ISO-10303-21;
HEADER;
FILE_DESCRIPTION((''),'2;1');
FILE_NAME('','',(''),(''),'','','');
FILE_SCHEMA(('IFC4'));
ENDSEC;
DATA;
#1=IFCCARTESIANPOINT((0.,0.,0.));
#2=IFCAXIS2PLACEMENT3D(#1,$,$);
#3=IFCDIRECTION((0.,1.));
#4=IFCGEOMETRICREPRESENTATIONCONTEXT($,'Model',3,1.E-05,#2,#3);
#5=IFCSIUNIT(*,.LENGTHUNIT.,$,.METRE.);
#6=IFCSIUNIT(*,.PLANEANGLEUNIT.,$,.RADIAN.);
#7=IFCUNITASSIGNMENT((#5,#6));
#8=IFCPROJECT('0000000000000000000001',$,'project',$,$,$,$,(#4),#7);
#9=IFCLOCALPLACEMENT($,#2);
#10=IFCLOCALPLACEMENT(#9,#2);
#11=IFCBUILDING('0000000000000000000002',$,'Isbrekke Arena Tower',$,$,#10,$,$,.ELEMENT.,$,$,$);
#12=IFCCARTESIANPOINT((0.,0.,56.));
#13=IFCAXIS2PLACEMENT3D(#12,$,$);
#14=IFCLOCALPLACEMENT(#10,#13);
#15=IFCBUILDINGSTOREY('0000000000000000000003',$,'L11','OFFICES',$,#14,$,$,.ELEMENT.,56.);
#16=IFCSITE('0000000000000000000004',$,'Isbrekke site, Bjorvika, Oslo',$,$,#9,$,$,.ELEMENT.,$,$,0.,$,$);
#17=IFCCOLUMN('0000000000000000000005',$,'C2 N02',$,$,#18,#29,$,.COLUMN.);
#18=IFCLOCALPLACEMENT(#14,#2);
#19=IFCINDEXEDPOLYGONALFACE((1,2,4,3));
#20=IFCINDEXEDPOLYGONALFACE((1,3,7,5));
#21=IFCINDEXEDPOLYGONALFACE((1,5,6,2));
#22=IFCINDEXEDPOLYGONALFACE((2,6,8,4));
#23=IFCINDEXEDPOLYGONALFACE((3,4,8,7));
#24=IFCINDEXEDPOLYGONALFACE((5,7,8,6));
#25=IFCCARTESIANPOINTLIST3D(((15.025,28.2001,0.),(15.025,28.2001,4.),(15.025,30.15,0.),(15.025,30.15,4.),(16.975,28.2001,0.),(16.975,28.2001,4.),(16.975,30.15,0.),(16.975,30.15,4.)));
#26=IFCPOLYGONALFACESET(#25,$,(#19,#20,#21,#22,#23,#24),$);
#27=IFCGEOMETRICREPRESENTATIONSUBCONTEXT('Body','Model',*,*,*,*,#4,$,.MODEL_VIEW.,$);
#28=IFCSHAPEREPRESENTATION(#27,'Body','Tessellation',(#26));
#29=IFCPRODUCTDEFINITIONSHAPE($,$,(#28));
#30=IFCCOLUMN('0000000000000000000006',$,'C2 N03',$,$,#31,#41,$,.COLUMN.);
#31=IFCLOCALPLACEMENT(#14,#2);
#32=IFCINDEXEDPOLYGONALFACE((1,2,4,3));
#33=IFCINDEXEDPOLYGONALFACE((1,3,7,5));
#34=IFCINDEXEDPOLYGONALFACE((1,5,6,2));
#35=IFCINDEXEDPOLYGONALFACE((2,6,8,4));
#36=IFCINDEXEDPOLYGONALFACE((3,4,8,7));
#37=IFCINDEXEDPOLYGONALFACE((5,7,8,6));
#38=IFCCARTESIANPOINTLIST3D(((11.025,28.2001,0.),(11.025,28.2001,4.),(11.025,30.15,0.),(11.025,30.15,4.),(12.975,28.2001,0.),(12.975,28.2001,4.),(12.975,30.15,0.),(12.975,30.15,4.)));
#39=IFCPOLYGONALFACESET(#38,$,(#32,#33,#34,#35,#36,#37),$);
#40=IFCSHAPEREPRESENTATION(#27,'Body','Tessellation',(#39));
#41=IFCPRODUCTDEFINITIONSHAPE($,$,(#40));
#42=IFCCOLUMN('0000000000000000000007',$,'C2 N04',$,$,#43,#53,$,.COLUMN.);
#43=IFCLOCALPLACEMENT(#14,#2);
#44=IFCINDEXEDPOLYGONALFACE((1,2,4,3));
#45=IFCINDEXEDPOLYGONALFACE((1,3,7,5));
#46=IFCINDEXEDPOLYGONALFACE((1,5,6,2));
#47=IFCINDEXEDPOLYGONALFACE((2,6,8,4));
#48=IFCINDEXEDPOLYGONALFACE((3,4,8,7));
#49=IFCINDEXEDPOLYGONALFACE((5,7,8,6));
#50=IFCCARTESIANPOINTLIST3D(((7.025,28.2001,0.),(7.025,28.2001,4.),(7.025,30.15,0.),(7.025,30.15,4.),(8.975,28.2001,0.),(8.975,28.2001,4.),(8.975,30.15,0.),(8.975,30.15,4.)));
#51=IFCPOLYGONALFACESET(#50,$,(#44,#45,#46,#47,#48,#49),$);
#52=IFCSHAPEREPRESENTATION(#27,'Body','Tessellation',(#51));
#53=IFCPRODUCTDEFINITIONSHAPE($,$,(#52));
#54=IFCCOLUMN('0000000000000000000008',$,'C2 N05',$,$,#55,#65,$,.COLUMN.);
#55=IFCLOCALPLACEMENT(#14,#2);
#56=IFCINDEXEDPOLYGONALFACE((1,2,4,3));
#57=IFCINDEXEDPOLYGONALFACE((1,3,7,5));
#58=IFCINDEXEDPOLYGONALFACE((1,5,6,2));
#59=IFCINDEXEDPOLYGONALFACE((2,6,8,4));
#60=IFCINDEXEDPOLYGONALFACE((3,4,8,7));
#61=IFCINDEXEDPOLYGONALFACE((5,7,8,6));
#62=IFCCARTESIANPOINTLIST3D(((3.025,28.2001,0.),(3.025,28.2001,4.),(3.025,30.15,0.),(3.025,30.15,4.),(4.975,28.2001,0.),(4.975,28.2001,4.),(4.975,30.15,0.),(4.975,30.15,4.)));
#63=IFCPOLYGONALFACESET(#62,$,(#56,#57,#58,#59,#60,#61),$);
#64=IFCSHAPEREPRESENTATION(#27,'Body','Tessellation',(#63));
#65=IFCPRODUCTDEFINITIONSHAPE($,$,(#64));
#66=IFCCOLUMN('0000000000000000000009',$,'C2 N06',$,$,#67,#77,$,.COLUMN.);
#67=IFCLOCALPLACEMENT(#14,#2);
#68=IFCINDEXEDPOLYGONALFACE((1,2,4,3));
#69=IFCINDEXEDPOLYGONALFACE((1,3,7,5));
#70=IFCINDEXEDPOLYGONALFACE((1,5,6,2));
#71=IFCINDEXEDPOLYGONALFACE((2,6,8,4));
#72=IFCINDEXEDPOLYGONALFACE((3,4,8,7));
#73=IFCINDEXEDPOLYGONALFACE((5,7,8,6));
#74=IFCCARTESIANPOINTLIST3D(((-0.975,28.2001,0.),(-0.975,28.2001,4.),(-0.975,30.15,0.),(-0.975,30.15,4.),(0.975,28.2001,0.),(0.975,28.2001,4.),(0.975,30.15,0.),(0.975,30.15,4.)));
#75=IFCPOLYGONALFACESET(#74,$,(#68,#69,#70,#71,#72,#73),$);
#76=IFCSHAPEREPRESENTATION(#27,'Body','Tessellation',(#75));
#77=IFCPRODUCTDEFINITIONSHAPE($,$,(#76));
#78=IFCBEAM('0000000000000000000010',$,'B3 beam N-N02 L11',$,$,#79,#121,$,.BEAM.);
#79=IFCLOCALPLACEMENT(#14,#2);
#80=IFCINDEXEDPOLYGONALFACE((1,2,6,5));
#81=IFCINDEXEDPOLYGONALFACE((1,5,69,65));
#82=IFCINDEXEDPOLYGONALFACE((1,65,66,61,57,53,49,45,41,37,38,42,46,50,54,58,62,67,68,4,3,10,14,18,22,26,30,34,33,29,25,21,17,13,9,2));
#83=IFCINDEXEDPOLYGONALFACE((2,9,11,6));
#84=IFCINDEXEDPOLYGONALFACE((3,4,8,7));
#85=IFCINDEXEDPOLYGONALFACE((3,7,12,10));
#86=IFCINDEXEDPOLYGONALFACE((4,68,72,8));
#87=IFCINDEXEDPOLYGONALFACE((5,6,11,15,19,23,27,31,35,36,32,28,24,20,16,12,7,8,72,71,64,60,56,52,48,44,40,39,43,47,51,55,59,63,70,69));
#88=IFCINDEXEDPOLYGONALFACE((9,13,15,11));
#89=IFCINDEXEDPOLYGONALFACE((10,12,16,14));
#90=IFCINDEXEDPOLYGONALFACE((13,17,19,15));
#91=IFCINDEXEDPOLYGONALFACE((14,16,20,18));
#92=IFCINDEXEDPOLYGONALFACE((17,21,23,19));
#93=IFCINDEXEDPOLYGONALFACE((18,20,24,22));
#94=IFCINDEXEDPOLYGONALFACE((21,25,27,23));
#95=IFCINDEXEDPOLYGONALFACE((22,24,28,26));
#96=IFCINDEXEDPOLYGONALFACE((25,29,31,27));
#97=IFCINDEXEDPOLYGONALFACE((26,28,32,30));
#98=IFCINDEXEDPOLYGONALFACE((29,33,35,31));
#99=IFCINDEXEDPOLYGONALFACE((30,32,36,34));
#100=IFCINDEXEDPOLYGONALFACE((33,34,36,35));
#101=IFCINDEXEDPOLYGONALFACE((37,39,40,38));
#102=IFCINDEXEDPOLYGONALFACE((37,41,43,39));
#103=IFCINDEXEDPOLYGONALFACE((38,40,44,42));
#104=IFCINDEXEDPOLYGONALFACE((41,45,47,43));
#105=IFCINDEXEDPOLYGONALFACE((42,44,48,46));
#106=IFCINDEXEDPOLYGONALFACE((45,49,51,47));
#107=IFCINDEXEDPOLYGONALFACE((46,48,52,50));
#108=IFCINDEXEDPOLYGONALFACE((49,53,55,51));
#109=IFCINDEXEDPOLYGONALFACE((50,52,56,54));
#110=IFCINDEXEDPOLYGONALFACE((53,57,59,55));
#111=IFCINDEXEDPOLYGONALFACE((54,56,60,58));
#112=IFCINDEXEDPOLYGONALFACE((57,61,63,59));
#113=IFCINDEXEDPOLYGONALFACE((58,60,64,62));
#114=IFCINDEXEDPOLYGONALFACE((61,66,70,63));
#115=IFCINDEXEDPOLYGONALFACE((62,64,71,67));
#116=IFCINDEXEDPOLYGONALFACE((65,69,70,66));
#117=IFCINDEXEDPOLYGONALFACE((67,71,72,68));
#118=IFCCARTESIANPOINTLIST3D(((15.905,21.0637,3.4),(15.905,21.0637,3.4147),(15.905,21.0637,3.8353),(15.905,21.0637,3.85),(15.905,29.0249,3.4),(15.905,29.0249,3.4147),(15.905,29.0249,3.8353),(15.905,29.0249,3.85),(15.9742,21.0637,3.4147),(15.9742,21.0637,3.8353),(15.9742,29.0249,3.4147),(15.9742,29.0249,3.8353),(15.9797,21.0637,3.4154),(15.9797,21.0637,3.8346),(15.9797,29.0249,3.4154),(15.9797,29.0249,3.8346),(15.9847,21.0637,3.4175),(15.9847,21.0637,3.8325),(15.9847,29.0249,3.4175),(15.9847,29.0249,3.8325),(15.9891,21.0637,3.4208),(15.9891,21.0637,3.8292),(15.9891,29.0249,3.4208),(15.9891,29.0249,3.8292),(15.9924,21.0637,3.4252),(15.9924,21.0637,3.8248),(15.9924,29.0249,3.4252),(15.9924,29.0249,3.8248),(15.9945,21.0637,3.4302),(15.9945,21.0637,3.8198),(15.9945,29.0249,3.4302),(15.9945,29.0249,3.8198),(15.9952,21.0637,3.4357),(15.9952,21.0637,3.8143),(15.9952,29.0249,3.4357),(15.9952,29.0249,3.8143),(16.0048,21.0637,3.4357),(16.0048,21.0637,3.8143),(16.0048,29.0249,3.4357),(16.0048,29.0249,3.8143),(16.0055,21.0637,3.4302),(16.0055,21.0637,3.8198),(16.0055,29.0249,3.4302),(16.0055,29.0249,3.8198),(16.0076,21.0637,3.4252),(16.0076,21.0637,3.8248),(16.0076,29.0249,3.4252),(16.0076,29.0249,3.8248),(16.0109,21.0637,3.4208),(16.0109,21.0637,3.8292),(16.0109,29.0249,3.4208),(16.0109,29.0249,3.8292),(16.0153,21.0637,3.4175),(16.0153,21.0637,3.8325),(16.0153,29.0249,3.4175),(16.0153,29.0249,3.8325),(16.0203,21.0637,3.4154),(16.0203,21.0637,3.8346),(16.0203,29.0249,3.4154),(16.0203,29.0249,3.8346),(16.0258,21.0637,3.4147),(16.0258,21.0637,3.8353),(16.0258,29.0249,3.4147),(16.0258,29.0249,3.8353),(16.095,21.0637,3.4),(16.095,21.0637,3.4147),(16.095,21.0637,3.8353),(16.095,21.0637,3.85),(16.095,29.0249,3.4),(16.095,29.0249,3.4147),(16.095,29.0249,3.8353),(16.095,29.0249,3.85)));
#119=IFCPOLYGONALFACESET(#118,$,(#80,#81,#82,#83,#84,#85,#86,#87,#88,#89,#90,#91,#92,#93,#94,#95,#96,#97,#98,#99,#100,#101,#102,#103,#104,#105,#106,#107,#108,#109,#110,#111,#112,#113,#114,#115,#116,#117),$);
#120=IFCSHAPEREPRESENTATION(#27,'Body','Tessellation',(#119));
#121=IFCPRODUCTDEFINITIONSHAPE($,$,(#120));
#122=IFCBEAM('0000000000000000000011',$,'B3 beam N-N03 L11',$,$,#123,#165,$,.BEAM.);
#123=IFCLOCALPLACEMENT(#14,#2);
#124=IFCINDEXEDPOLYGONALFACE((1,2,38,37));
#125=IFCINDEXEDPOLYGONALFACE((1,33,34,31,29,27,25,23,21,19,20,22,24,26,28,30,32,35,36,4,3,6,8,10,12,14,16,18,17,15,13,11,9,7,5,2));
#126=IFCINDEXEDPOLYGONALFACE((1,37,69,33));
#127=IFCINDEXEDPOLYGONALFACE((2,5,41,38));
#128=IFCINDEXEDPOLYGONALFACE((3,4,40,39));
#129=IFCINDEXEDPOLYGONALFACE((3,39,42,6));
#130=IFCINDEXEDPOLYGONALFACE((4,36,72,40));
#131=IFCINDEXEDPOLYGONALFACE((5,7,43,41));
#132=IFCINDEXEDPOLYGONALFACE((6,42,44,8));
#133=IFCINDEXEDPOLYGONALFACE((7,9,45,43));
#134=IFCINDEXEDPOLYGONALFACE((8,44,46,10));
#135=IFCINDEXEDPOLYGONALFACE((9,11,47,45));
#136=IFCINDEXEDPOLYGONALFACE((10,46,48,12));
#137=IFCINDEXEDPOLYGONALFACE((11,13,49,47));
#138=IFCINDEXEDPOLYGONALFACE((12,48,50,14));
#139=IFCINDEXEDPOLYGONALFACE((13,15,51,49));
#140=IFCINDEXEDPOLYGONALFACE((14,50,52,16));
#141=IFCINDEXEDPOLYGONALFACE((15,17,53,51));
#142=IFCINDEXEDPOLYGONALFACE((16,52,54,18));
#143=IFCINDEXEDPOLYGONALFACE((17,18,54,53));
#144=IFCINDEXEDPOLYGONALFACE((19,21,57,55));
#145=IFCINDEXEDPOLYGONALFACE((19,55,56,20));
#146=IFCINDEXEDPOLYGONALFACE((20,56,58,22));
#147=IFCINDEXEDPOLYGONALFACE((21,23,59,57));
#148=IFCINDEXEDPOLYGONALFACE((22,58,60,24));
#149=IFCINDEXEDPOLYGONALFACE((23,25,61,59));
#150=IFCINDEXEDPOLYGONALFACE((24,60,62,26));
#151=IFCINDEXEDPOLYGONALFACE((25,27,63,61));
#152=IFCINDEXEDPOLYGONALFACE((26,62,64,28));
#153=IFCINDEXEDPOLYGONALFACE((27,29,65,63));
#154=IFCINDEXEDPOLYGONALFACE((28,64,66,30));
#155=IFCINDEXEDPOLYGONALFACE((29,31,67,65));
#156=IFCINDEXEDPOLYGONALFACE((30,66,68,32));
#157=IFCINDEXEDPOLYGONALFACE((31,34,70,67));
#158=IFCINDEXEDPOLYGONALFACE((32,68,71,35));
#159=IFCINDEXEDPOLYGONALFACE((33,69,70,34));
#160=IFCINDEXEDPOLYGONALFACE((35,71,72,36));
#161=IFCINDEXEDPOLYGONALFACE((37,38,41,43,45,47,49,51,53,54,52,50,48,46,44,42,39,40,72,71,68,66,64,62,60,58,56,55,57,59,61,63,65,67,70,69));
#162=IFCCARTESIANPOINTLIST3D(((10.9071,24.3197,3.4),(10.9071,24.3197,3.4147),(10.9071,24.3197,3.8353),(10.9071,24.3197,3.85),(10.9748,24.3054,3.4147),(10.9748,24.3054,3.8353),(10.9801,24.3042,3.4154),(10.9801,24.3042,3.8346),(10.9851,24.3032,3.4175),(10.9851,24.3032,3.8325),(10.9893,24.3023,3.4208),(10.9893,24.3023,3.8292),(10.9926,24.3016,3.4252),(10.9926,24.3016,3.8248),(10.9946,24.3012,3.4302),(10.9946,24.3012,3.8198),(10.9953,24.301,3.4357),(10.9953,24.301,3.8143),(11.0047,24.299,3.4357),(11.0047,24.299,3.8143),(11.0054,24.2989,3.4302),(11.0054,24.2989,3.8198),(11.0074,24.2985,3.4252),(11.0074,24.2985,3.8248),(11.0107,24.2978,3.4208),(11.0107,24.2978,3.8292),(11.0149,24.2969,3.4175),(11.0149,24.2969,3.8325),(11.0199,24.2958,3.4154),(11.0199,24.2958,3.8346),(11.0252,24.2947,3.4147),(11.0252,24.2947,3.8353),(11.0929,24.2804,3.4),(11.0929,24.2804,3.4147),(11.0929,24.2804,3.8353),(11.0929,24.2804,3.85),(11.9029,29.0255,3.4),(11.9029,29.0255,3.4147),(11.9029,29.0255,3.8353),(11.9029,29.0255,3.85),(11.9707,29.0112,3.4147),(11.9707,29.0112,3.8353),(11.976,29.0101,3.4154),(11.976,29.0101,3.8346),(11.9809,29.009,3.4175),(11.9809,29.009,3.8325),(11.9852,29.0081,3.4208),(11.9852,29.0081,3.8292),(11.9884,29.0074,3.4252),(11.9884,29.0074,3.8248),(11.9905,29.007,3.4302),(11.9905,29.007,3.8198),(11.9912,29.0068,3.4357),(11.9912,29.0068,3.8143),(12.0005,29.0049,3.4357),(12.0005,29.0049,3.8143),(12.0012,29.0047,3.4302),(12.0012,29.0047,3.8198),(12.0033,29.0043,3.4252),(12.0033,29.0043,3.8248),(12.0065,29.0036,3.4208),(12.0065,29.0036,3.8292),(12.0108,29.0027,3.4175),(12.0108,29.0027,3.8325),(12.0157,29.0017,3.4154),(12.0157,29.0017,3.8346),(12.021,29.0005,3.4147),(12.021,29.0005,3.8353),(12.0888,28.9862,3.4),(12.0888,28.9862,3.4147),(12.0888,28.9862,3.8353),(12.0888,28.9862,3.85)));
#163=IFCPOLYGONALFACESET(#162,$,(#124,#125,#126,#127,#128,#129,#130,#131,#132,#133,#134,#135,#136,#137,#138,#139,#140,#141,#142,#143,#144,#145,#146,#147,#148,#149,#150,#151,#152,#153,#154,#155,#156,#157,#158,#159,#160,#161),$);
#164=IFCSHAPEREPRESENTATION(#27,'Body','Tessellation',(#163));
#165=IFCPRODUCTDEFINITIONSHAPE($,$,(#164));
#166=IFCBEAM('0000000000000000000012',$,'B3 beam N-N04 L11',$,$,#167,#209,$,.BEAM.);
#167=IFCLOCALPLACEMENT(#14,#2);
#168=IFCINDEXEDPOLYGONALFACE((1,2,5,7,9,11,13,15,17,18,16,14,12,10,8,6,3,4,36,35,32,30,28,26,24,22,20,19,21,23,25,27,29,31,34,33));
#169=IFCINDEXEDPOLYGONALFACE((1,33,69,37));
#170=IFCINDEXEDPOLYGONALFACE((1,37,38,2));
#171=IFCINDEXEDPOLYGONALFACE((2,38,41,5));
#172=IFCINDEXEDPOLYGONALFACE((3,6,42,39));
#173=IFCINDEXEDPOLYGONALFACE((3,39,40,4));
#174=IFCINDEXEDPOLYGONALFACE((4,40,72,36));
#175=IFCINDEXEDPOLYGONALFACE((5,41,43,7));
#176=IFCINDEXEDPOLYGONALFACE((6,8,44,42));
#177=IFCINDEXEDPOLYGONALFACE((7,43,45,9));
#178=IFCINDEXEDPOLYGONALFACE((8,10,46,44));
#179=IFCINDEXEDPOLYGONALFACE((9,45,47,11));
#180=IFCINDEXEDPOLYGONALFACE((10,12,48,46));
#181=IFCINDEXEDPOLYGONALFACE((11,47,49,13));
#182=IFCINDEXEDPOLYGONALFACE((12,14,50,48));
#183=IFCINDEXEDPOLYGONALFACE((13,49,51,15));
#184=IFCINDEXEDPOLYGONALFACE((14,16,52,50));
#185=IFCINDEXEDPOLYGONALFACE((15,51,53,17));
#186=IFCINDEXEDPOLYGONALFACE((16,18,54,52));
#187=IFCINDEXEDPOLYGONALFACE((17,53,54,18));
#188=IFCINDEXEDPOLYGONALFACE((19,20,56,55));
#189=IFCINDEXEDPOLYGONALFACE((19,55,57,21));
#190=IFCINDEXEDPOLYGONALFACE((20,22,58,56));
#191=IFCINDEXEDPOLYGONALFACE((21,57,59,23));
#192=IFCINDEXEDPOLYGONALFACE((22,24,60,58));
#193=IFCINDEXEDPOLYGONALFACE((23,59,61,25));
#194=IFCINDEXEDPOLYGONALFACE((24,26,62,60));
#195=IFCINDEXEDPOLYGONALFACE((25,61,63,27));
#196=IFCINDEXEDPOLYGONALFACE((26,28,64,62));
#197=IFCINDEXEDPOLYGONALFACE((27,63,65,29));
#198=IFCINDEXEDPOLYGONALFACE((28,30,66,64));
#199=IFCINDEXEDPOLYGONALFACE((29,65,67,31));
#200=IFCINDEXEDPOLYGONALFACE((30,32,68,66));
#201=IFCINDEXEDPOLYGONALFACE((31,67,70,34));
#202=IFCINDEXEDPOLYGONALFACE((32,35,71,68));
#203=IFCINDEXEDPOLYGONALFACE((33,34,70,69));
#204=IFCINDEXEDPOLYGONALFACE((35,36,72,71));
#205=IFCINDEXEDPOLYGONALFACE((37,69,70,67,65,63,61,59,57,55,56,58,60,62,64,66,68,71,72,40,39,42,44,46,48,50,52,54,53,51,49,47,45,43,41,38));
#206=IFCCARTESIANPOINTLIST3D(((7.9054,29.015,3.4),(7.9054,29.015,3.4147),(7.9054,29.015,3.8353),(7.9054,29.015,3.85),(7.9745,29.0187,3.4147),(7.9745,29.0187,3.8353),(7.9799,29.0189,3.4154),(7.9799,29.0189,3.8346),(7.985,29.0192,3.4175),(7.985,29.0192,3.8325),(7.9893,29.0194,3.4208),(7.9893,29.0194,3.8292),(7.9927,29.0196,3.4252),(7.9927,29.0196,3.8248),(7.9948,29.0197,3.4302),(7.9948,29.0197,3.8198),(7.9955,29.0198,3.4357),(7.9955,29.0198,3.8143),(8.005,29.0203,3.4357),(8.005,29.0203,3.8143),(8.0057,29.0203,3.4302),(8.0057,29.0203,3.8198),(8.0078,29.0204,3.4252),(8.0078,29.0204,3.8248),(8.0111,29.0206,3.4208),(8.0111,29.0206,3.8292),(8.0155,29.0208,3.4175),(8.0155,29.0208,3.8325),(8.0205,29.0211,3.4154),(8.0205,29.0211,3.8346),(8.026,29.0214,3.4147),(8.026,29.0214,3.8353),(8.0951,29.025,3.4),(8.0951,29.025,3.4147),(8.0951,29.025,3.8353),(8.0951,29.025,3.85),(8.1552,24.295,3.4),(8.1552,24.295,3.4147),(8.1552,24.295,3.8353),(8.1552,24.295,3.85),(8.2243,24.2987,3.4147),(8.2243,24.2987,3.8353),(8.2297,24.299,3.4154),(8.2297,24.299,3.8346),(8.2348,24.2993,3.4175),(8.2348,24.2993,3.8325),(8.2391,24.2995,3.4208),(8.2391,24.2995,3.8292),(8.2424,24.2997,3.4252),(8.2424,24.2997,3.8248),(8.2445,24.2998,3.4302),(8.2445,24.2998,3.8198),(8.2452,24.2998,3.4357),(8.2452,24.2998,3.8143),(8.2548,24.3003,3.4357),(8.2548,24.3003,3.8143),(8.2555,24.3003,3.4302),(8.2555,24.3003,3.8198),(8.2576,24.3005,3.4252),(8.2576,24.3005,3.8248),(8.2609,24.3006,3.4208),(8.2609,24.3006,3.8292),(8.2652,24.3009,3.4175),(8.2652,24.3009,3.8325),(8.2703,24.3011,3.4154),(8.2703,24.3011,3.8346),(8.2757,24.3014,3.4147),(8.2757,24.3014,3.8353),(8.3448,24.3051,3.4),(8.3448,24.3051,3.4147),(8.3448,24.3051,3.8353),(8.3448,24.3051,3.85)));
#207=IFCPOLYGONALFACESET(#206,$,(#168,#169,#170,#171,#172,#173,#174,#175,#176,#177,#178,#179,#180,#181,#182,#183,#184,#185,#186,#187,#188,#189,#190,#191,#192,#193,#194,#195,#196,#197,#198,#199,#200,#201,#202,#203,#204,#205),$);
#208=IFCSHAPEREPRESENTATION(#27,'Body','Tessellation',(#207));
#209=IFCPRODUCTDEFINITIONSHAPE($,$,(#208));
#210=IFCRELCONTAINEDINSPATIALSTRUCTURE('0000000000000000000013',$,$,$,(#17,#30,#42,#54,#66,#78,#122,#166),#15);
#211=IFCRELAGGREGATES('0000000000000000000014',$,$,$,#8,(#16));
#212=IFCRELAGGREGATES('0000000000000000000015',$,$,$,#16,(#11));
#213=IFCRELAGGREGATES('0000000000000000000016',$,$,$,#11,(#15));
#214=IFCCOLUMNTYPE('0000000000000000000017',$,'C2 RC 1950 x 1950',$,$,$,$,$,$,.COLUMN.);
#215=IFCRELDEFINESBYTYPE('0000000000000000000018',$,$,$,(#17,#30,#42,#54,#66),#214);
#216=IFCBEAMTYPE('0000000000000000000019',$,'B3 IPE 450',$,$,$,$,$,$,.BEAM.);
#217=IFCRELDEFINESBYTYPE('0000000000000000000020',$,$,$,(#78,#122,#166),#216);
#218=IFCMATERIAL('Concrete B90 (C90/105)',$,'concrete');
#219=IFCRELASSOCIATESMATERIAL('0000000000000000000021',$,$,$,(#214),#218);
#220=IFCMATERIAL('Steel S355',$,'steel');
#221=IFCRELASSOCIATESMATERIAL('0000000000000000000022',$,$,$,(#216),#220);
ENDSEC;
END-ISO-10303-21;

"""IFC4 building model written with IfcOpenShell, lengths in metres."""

from ifc_helpers import new_model, si_unit, direction, frame, origin, origin_2d, place, context, subcontext, project, spatial, rectangle, i_section, extrude, material, material_profile, profile_set, type_object, element, save


model = new_model("IFC4")

# Units and contexts
model_context = context("Model", 3, precision=1e-05, world=origin(), true_north=direction((0.0, 1.0)))
body_context = subcontext(model_context, "Body", "Model", "MODEL_VIEW")
ifc_project = project(units=[si_unit("LENGTHUNIT", "METRE"), si_unit("PLANEANGLEUNIT", "RADIAN")], contexts=[model_context])

# Site, building, storey
site_placement = place(None, origin())
site = spatial("IfcSite", under=ifc_project, at=site_placement, Name="Isbrekke site, Bjorvika, Oslo", CompositionType="ELEMENT", RefElevation=0.0)
building_placement = place(site_placement, origin())
building = spatial("IfcBuilding", under=site, at=building_placement, Name="Isbrekke Arena Tower", CompositionType="ELEMENT")
storey_placement = place(building_placement, frame((0.0, 0.0, 56.0)))
storey = spatial("IfcBuildingStorey", under=building, at=storey_placement, Name="L11", Description="OFFICES", CompositionType="ELEMENT", Elevation=56.0)

# Columns
ifc_material_1 = material(Name="Concrete B90 (C90/105)", Category="concrete")
ifc_material_profile_1 = material_profile(ifc_material_1, rectangle(XDim=1.95, YDim=1.95, at=origin_2d()), Name="RC 1950x1950")
ifc_profile_set_1 = profile_set([ifc_material_profile_1], Name="Concrete B90 (C90/105)")
column_type = type_object("IfcColumnType", Name="C2 RC 1950 x 1950", PredefinedType="COLUMN", material=ifc_profile_set_1)
for number, where, z_axis, x_axis, name in (
    (1, (16.0, 29.175, 0.0), (0.0, 0.0, 1.0), (-1.0, 0.0, 0.0), "C2 N02"),
    (2, (12.0, 29.175, 0.0), (0.0, 0.0, 1.0), (-1.0, 0.0, 0.0), "C2 N03"),
    (3, (8.0, 29.175, 0.0), (0.0, 0.0, 1.0), (-1.0, 0.0, 0.0), "C2 N04"),
    (4, (4.0, 29.175, 0.0), (0.0, 0.0, 1.0), (-1.0, 0.0, 0.0), "C2 N05"),
    (5, (0.0, 29.175, 0.0), (0.0, 0.0, 1.0), (-1.0, 0.0, 0.0), "C2 N06"),
):
    element("IfcColumn", number, at=place(storey_placement, frame(where, z_axis=z_axis, x_axis=x_axis)), inside=storey, type_object=column_type, Name=name, PredefinedType="COLUMN", context=body_context, shape_type="SweptSolid", body=[
        extrude(rectangle(XDim=1.95, YDim=1.95, at=origin_2d()), origin(), (0.0, 0.0, 1.0), 4.0),
    ])

# Beams
ifc_material_2 = material(Name="Steel S355", Category="steel")
ifc_material_profile_2 = material_profile(ifc_material_2, i_section(OverallWidth=0.1899, OverallDepth=0.45, WebThickness=0.0095, FlangeThickness=0.0146, FilletRadius=0.021, at=origin_2d()), Name="IPE 450")
ifc_profile_set_2 = profile_set([ifc_material_profile_2], Name="Steel S355")
beam_type_1 = type_object("IfcBeamType", Name="B3 IPE 450", PredefinedType="BEAM", material=ifc_profile_set_2)
beam_1_placement = place(storey_placement, frame((16.0, 29.0249, 3.625), z_axis=(0.0, -1.0, 0.0), x_axis=(1.0, 0.0, 0.0)))
element("IfcBeam", 6, at=beam_1_placement, inside=storey, type_object=beam_type_1, Name="B3 beam N-N02 L11", PredefinedType="BEAM", context=body_context, shape_type="SweptSolid", body=[
    extrude(i_section(OverallWidth=0.1899, OverallDepth=0.45, WebThickness=0.0095, FlangeThickness=0.0146, FilletRadius=0.021, at=origin_2d()), origin(), (0.0, 0.0, 1.0), 7.9612),
])
beam_2_placement = place(storey_placement, frame((11.9958, 29.0059, 3.625), z_axis=(-0.207036, -0.978333, 0.0), x_axis=(0.978333, -0.207036, 0.0)))
element("IfcBeam", 7, at=beam_2_placement, inside=storey, type_object=beam_type_1, Name="B3 beam N-N03 L11", PredefinedType="BEAM", context=body_context, shape_type="SweptSolid", body=[
    extrude(i_section(OverallWidth=0.1899, OverallDepth=0.45, WebThickness=0.0095, FlangeThickness=0.0146, FilletRadius=0.021, at=origin_2d()), origin(), (0.0, 0.0, 1.0), 4.8101),
])
beam_3_placement = place(storey_placement, frame((8.0002, 29.02, 3.625), z_axis=(0.052841, -0.998603, 0.0), x_axis=(0.998603, 0.052841, 0.0)))
element("IfcBeam", 8, at=beam_3_placement, inside=storey, type_object=beam_type_1, Name="B3 beam N-N04 L11", PredefinedType="BEAM", context=body_context, shape_type="SweptSolid", body=[
    extrude(i_section(OverallWidth=0.1899, OverallDepth=0.45, WebThickness=0.0095, FlangeThickness=0.0146, FilletRadius=0.021, at=origin_2d()), origin(), (0.0, 0.0, 1.0), 4.7266),
])

save(model, "model.ifc")
